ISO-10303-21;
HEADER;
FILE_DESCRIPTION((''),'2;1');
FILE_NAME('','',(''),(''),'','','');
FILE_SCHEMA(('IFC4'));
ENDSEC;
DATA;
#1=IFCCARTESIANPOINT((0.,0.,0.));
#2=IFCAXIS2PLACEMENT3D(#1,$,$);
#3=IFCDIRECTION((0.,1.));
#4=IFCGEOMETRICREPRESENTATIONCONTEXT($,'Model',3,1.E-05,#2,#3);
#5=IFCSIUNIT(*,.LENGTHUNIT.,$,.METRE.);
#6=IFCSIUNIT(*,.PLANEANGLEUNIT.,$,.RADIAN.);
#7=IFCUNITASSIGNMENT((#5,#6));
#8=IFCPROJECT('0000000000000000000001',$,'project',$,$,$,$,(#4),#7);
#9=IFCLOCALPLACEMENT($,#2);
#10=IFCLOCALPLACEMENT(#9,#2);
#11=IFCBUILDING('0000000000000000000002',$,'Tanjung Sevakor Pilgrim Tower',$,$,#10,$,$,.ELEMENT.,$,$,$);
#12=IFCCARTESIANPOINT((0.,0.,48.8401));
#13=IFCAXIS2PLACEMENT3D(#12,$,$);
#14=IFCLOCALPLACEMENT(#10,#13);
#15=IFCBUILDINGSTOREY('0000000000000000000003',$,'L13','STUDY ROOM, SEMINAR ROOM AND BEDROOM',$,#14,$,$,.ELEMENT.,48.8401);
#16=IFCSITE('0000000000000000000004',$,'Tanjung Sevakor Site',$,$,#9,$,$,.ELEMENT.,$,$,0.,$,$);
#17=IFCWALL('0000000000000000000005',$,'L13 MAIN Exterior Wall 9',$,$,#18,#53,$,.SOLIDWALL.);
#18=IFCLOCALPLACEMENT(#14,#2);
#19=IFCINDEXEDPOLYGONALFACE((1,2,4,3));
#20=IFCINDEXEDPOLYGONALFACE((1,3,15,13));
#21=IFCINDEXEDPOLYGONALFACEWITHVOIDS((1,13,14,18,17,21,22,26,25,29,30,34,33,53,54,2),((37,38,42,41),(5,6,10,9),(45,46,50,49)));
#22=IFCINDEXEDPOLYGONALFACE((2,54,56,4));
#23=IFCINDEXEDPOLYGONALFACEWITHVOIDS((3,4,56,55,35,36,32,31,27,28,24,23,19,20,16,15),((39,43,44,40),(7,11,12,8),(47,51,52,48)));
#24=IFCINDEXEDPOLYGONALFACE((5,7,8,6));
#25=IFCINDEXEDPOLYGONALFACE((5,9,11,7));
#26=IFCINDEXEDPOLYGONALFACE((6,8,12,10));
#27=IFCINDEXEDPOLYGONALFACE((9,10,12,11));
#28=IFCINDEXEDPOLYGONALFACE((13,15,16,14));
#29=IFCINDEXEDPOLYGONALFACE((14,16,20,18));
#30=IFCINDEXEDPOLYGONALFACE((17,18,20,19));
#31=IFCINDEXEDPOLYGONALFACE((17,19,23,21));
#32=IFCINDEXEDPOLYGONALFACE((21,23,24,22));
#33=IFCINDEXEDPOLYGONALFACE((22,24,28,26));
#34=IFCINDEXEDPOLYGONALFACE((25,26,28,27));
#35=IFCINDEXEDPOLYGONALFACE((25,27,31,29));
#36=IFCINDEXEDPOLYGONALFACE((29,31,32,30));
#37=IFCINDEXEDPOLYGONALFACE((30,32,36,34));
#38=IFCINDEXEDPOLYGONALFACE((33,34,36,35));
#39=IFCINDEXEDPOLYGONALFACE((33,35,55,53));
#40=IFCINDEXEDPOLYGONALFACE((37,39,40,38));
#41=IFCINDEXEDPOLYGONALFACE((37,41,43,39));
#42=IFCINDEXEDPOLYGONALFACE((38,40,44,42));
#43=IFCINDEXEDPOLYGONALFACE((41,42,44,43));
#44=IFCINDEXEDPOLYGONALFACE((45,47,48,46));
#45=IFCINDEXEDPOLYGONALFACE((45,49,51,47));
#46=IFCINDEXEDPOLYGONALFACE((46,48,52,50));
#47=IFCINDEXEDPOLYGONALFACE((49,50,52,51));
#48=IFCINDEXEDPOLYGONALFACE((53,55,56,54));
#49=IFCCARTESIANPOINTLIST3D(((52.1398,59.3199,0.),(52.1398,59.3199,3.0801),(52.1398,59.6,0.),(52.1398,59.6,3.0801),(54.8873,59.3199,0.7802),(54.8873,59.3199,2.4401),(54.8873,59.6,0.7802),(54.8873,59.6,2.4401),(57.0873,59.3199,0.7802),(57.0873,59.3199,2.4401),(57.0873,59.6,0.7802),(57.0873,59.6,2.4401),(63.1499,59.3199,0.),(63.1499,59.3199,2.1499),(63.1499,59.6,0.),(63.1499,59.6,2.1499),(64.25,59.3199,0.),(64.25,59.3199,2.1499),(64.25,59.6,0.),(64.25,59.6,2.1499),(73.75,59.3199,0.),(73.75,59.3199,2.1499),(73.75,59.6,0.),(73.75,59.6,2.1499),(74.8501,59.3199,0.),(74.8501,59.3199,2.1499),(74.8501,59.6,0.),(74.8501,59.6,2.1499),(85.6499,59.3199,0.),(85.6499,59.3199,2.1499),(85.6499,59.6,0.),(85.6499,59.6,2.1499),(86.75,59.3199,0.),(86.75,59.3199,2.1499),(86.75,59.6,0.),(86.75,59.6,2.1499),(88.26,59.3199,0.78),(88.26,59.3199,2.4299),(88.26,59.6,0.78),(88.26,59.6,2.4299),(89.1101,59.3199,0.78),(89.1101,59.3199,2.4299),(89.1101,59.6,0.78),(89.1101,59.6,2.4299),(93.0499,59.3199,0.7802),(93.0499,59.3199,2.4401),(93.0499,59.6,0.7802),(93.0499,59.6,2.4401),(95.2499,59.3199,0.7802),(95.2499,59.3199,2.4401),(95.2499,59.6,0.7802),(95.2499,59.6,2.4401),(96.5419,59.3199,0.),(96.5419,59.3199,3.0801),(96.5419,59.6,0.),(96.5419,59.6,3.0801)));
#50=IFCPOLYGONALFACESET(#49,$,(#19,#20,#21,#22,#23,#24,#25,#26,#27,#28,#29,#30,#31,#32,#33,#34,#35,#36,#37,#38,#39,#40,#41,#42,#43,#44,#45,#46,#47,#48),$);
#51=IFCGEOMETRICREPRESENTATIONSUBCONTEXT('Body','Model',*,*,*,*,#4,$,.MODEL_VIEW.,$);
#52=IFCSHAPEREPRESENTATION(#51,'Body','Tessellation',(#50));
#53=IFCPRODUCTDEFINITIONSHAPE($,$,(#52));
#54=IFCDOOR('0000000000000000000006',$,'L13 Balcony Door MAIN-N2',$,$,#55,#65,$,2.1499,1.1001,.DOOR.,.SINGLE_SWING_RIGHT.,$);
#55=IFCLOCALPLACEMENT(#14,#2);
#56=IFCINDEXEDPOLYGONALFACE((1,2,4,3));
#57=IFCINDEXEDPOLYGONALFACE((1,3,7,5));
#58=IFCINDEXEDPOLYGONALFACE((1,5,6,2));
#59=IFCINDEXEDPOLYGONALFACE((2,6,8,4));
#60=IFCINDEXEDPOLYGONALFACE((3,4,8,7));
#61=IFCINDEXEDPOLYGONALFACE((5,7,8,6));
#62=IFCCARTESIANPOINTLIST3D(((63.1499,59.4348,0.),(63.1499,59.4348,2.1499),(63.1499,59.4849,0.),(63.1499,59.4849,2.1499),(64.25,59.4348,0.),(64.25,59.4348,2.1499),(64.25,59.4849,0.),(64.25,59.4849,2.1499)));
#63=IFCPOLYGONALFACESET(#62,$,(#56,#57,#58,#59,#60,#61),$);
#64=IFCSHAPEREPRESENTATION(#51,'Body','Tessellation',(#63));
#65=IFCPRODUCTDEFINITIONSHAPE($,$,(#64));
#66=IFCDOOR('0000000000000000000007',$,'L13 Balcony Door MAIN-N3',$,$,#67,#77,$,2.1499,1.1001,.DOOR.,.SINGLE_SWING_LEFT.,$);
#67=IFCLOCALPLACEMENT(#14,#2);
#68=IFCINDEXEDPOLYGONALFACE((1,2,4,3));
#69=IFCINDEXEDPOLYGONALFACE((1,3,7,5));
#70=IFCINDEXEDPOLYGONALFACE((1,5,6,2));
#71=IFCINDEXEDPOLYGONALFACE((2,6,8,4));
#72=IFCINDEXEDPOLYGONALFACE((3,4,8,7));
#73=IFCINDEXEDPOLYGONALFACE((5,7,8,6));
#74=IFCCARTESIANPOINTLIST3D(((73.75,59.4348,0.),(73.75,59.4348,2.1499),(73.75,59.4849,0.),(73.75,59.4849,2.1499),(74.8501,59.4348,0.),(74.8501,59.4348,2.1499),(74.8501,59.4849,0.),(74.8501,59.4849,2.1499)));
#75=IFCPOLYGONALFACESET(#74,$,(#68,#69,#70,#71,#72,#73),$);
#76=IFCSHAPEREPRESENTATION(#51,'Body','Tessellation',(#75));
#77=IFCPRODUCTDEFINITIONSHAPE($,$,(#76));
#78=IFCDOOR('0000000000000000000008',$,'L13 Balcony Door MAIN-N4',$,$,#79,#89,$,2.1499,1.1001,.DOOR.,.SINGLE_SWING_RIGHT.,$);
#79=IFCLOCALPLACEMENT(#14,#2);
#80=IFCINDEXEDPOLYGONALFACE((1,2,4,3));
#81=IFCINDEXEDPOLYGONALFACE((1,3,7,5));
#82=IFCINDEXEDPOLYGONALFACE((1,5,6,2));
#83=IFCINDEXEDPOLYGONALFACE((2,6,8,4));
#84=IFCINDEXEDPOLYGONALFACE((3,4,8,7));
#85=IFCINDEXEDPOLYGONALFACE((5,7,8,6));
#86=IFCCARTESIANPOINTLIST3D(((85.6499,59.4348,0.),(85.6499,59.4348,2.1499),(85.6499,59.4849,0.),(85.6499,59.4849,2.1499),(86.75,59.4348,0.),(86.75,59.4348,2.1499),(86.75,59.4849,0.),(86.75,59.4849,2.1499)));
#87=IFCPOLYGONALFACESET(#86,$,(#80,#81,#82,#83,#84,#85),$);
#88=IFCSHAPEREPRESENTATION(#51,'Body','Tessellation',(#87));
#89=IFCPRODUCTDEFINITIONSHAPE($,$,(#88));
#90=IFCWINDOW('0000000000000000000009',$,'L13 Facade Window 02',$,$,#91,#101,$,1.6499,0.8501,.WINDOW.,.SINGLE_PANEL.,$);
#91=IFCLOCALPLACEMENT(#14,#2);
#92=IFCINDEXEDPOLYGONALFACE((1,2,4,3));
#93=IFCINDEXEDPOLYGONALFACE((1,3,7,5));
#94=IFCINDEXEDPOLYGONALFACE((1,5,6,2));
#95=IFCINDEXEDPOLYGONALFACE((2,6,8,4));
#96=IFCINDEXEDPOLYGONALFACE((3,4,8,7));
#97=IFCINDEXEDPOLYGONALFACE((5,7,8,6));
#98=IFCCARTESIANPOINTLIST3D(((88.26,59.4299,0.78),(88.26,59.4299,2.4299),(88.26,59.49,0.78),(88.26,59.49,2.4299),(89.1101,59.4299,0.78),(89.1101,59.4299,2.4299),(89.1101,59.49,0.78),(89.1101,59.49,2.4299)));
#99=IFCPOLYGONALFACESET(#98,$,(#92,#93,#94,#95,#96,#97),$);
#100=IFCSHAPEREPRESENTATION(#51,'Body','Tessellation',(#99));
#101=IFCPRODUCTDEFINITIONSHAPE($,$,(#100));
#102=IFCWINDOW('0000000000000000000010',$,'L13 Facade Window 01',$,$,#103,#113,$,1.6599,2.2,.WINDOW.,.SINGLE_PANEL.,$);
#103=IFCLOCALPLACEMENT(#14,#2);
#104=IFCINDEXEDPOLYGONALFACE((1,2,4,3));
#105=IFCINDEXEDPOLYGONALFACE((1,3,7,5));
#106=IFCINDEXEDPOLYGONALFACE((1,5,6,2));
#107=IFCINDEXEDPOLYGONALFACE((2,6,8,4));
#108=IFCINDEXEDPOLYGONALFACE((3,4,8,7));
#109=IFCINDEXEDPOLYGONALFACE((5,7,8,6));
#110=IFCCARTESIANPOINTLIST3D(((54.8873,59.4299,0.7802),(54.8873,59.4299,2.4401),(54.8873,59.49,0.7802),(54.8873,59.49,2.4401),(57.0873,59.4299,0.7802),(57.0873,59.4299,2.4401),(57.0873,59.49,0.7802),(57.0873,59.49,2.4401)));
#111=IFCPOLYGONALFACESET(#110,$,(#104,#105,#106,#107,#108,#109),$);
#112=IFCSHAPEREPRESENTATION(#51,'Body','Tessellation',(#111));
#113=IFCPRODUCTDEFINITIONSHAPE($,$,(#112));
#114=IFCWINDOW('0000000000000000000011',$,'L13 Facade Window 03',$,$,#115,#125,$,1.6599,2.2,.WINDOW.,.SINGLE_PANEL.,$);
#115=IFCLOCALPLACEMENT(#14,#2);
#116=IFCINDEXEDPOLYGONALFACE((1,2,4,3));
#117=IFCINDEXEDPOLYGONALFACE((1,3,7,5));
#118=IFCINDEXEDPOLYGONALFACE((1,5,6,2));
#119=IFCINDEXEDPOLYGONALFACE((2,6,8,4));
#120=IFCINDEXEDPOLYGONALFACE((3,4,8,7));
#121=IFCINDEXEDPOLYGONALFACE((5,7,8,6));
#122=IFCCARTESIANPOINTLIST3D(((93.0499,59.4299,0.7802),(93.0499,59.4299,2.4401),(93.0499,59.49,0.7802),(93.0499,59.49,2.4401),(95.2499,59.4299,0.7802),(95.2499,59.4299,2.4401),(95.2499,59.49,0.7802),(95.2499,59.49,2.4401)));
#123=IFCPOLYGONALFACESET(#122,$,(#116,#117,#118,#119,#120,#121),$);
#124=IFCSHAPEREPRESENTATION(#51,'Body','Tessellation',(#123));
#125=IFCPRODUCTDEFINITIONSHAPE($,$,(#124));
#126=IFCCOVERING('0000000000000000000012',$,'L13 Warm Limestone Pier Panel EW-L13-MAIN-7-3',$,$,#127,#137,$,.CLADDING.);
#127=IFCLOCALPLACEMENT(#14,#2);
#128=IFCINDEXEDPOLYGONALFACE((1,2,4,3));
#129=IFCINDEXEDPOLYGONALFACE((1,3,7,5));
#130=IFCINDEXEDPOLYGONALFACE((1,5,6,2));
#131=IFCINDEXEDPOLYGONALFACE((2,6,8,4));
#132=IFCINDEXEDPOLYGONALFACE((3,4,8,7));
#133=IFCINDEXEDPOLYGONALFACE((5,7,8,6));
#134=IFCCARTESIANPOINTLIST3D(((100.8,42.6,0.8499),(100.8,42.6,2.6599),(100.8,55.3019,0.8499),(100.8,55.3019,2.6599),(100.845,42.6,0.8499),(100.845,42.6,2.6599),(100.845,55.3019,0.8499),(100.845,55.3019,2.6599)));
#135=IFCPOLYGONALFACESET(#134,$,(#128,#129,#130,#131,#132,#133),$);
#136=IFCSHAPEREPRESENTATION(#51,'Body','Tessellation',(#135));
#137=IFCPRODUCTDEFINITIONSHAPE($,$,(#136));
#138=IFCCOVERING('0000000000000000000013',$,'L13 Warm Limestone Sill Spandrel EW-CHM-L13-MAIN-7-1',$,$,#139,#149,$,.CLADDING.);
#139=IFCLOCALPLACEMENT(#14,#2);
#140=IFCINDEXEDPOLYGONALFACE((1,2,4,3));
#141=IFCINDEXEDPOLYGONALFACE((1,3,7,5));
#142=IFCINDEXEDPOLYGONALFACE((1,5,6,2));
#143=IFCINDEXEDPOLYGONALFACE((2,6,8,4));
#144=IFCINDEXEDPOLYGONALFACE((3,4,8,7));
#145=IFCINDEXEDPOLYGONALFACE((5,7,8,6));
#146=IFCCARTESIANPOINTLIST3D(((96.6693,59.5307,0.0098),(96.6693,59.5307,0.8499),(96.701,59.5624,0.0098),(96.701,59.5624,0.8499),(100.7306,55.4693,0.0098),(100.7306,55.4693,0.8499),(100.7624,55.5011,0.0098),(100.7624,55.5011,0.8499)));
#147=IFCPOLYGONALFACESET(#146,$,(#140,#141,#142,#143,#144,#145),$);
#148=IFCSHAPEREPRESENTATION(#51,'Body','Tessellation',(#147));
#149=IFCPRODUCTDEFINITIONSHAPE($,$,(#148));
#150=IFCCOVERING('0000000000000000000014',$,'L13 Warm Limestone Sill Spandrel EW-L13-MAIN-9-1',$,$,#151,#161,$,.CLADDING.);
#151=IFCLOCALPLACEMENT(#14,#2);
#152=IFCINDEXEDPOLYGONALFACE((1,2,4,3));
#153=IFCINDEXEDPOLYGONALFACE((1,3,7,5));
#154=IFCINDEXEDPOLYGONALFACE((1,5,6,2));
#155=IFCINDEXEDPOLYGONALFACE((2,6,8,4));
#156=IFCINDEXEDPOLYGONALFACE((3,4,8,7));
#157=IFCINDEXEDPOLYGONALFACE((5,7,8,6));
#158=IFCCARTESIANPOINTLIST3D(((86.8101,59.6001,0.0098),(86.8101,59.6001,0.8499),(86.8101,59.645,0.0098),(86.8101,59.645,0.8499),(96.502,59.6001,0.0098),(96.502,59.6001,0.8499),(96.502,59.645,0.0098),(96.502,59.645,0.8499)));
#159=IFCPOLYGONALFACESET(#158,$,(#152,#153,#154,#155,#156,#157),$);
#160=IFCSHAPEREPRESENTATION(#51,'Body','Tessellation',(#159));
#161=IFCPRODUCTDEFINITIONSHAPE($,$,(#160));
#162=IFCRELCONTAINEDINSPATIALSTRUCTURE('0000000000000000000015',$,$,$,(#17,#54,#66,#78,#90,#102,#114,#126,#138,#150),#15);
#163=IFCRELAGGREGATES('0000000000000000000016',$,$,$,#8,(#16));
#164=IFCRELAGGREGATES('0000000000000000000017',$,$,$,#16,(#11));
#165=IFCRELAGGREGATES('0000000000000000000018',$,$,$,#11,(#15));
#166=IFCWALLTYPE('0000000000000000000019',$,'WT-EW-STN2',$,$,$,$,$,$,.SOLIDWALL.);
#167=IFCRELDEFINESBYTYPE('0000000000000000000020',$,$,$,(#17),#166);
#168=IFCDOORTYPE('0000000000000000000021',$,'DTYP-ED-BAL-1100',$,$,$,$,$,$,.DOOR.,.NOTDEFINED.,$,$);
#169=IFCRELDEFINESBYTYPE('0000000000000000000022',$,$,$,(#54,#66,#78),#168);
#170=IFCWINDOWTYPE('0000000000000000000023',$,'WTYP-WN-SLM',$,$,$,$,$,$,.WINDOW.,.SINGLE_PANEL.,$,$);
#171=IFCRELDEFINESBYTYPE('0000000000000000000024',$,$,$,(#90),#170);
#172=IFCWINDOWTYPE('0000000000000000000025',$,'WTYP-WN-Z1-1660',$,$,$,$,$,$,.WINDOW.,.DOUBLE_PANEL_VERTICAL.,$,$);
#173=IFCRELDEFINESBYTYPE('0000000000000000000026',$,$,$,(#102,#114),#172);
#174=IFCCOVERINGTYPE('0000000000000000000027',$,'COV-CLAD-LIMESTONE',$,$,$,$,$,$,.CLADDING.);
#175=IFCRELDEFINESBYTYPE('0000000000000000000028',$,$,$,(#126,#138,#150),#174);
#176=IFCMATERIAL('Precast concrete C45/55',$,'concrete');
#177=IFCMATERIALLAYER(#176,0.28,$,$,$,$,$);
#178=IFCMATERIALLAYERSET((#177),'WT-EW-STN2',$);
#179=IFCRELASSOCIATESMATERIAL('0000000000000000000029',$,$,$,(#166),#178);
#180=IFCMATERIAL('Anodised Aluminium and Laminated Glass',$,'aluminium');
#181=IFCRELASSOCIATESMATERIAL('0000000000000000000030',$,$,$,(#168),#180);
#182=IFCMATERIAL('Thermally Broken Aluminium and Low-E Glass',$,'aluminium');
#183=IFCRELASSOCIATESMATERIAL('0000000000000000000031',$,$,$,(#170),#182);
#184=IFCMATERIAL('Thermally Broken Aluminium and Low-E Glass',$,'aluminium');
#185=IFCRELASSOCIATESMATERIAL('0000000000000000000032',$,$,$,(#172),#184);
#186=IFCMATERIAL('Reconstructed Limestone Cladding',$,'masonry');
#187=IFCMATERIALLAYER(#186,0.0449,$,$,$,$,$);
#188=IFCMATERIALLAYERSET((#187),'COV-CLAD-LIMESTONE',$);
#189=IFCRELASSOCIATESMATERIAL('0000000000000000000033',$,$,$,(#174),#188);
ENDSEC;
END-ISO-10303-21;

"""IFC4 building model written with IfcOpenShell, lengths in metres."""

from ifc_helpers import new_model, si_unit, direction, frame, frame_2d, origin, origin_2d, place, context, subcontext, project, spatial, rectangle, extrude, material, layer, layer_set, type_object, element, fill, save


model = new_model("IFC4")

# Units and contexts
model_context = context("Model", 3, precision=1e-05, world=origin(), true_north=direction((0.0, 1.0)))
body_context = subcontext(model_context, "Body", "Model", "MODEL_VIEW")
ifc_project = project(units=[si_unit("LENGTHUNIT", "METRE"), si_unit("PLANEANGLEUNIT", "RADIAN")], contexts=[model_context])

# Site, building, storey
site_placement = place(None, origin())
site = spatial("IfcSite", under=ifc_project, at=site_placement, Name="Tanjung Sevakor Site", CompositionType="ELEMENT", RefElevation=0.0)
building_placement = place(site_placement, origin())
building = spatial("IfcBuilding", under=site, at=building_placement, Name="Tanjung Sevakor Pilgrim Tower", CompositionType="ELEMENT")
storey_placement = place(building_placement, frame((0.0, 0.0, 48.8401)))
storey = spatial("IfcBuildingStorey", under=building, at=storey_placement, Name="L13", Description="STUDY ROOM, SEMINAR ROOM AND BEDROOM", CompositionType="ELEMENT", Elevation=48.8401)

# Shared definitions
ifc_material_1 = material(Name="Precast concrete C45/55", Category="concrete")
ifc_layer_1 = layer(ifc_material_1, 0.28)
ifc_layer_set_1 = layer_set([ifc_layer_1], Name="WT-EW-STN2")
wall_type = type_object("IfcWallType", Name="WT-EW-STN2", PredefinedType="SOLIDWALL", material=ifc_layer_set_1)

# Wall, openings, doors, windows
wall_1_placement = place(storey_placement, frame((96.542, 59.46, 0.0), z_axis=(0.0, 0.0, 1.0), x_axis=(-1.0, 0.0, 0.0)))
wall_1 = element("IfcWall", 1, at=wall_1_placement, inside=storey, type_object=wall_type, Name="L13 MAIN Exterior Wall 9", PredefinedType="SOLIDWALL", context=body_context, shape_type="SweptSolid", body=[
    extrude(rectangle(XDim=44.4021, YDim=0.28, at=frame_2d((22.2012, 0.0))), origin(), (0.0, 0.0, 1.0), 3.0801),
])
opening_1_placement = place(wall_1_placement, frame((32.292, 0.0, 0.0)))
opening_1 = element("IfcOpeningElement", 2, at=opening_1_placement, cuts=wall_1, PredefinedType="OPENING", context=body_context, shape_type="SweptSolid", body=[
    extrude(rectangle(XDim=1.1001, YDim=2.1499, at=frame_2d((0.55, 1.075))), frame((0.0, 0.1499, 0.0), z_axis=(0.0, -1.0, 0.0), x_axis=(1.0, 0.0, 0.0)), (0.0, 0.0, 1.0), 0.3),
])
opening_2_placement = place(wall_1_placement, frame((21.6919, 0.0, 0.0)))
opening_2 = element("IfcOpeningElement", 3, at=opening_2_placement, cuts=wall_1, PredefinedType="OPENING", context=body_context, shape_type="SweptSolid", body=[
    extrude(rectangle(XDim=1.1001, YDim=2.1499, at=frame_2d((0.55, 1.075))), frame((0.0, 0.1499, 0.0), z_axis=(0.0, -1.0, 0.0), x_axis=(1.0, 0.0, 0.0)), (0.0, 0.0, 1.0), 0.3),
])
opening_3_placement = place(wall_1_placement, frame((9.792, 0.0, 0.0)))
opening_3 = element("IfcOpeningElement", 4, at=opening_3_placement, cuts=wall_1, PredefinedType="OPENING", context=body_context, shape_type="SweptSolid", body=[
    extrude(rectangle(XDim=1.1001, YDim=2.1499, at=frame_2d((0.55, 1.075))), frame((0.0, 0.1499, 0.0), z_axis=(0.0, -1.0, 0.0), x_axis=(1.0, 0.0, 0.0)), (0.0, 0.0, 1.0), 0.3),
])
opening_4_placement = place(wall_1_placement, frame((39.4546, 0.0, 0.78)))
opening_4 = element("IfcOpeningElement", 5, at=opening_4_placement, cuts=wall_1, PredefinedType="OPENING", context=body_context, shape_type="SweptSolid", body=[
    extrude(rectangle(XDim=2.2, YDim=1.6599, at=frame_2d((1.1001, 0.8301))), frame((0.0, 0.1499, 0.0), z_axis=(0.0, -1.0, 0.0), x_axis=(1.0, 0.0, 0.0)), (0.0, 0.0, 1.0), 0.3),
])
opening_5_placement = place(wall_1_placement, frame((7.4319, 0.0, 0.78)))
opening_5 = element("IfcOpeningElement", 6, at=opening_5_placement, cuts=wall_1, PredefinedType="OPENING", context=body_context, shape_type="SweptSolid", body=[
    extrude(rectangle(XDim=0.8501, YDim=1.6499, at=frame_2d((0.425, 0.825))), frame((0.0, 0.1499, 0.0), z_axis=(0.0, -1.0, 0.0), x_axis=(1.0, 0.0, 0.0)), (0.0, 0.0, 1.0), 0.3),
])
opening_6_placement = place(wall_1_placement, frame((1.292, 0.0, 0.78)))
opening_6 = element("IfcOpeningElement", 7, at=opening_6_placement, cuts=wall_1, PredefinedType="OPENING", context=body_context, shape_type="SweptSolid", body=[
    extrude(rectangle(XDim=2.2, YDim=1.6599, at=frame_2d((1.1001, 0.8301))), frame((0.0, 0.1499, 0.0), z_axis=(0.0, -1.0, 0.0), x_axis=(1.0, 0.0, 0.0)), (0.0, 0.0, 1.0), 0.3),
])
ifc_material_2 = material(Name="Anodised Aluminium and Laminated Glass", Category="aluminium")
door_type = type_object("IfcDoorType", Name="DTYP-ED-BAL-1100", OperationType="NOTDEFINED", PredefinedType="DOOR", material=ifc_material_2)
door_1_placement = place(opening_1_placement, frame((1.1001, 0.0, 0.0), z_axis=(0.0, 0.0, 1.0), x_axis=(-1.0, 0.0, 0.0)))
door_1 = element("IfcDoor", 8, at=door_1_placement, inside=storey, type_object=door_type, Name="L13 Balcony Door MAIN-N2", OperationType="SINGLE_SWING_RIGHT", OverallHeight=2.1499, OverallWidth=1.1001, PredefinedType="DOOR", context=body_context, shape_type="SweptSolid", body=[
    extrude(rectangle(XDim=1.1001, YDim=2.1499, at=frame_2d((0.55, 1.075))), frame((0.0, 0.0249, 0.0), z_axis=(0.0, -1.0, 0.0), x_axis=(1.0, 0.0, 0.0)), (0.0, 0.0, 1.0), 0.05),
])
fill(opening_1, door_1)
door_2_placement = place(opening_2_placement, frame((1.1001, 0.0, 0.0), z_axis=(0.0, 0.0, 1.0), x_axis=(-1.0, 0.0, 0.0)))
door_2 = element("IfcDoor", 9, at=door_2_placement, inside=storey, type_object=door_type, Name="L13 Balcony Door MAIN-N3", OperationType="SINGLE_SWING_LEFT", OverallHeight=2.1499, OverallWidth=1.1001, PredefinedType="DOOR", context=body_context, shape_type="SweptSolid", body=[
    extrude(rectangle(XDim=1.1001, YDim=2.1499, at=frame_2d((0.55, 1.075))), frame((0.0, 0.0249, 0.0), z_axis=(0.0, -1.0, 0.0), x_axis=(1.0, 0.0, 0.0)), (0.0, 0.0, 1.0), 0.05),
])
fill(opening_2, door_2)
door_3_placement = place(opening_3_placement, frame((1.1001, 0.0, 0.0), z_axis=(0.0, 0.0, 1.0), x_axis=(-1.0, 0.0, 0.0)))
door_3 = element("IfcDoor", 10, at=door_3_placement, inside=storey, type_object=door_type, Name="L13 Balcony Door MAIN-N4", OperationType="SINGLE_SWING_RIGHT", OverallHeight=2.1499, OverallWidth=1.1001, PredefinedType="DOOR", context=body_context, shape_type="SweptSolid", body=[
    extrude(rectangle(XDim=1.1001, YDim=2.1499, at=frame_2d((0.55, 1.075))), frame((0.0, 0.0249, 0.0), z_axis=(0.0, -1.0, 0.0), x_axis=(1.0, 0.0, 0.0)), (0.0, 0.0, 1.0), 0.05),
])
fill(opening_3, door_3)
ifc_material_3 = material(Name="Thermally Broken Aluminium and Low-E Glass", Category="aluminium")
window_type_1 = type_object("IfcWindowType", Name="WTYP-WN-SLM", PartitioningType="SINGLE_PANEL", PredefinedType="WINDOW", material=ifc_material_3)
window_1_placement = place(opening_5_placement, origin())
window_1 = element("IfcWindow", 11, at=window_1_placement, inside=storey, type_object=window_type_1, Name="L13 Facade Window 02", OverallHeight=1.6499, OverallWidth=0.8501, PartitioningType="SINGLE_PANEL", PredefinedType="WINDOW", context=body_context, shape_type="SweptSolid", body=[
    extrude(rectangle(XDim=0.8501, YDim=1.6499, at=frame_2d((0.425, 0.825))), frame((0.0, 0.03, 0.0), z_axis=(0.0, -1.0, 0.0), x_axis=(1.0, 0.0, 0.0)), (0.0, 0.0, 1.0), 0.0601),
])
fill(opening_5, window_1)
ifc_material_4 = material(Name="Thermally Broken Aluminium and Low-E Glass", Category="aluminium")
window_type_2 = type_object("IfcWindowType", Name="WTYP-WN-Z1-1660", PartitioningType="DOUBLE_PANEL_VERTICAL", PredefinedType="WINDOW", material=ifc_material_4)
window_2_placement = place(opening_4_placement, origin())
window_2 = element("IfcWindow", 12, at=window_2_placement, inside=storey, type_object=window_type_2, Name="L13 Facade Window 01", OverallHeight=1.6599, OverallWidth=2.2, PartitioningType="SINGLE_PANEL", PredefinedType="WINDOW", context=body_context, shape_type="SweptSolid", body=[
    extrude(rectangle(XDim=2.2, YDim=1.6599, at=frame_2d((1.1001, 0.8301))), frame((0.0, 0.03, 0.0), z_axis=(0.0, -1.0, 0.0), x_axis=(1.0, 0.0, 0.0)), (0.0, 0.0, 1.0), 0.0601),
])
fill(opening_4, window_2)
window_3_placement = place(opening_6_placement, origin())
window_3 = element("IfcWindow", 13, at=window_3_placement, inside=storey, type_object=window_type_2, Name="L13 Facade Window 03", OverallHeight=1.6599, OverallWidth=2.2, PartitioningType="SINGLE_PANEL", PredefinedType="WINDOW", context=body_context, shape_type="SweptSolid", body=[
    extrude(rectangle(XDim=2.2, YDim=1.6599, at=frame_2d((1.1001, 0.8301))), frame((0.0, 0.03, 0.0), z_axis=(0.0, -1.0, 0.0), x_axis=(1.0, 0.0, 0.0)), (0.0, 0.0, 1.0), 0.0601),
])
fill(opening_6, window_3)

# Coverings
ifc_material_5 = material(Name="Reconstructed Limestone Cladding", Category="masonry")
ifc_layer_2 = layer(ifc_material_5, 0.0449)
ifc_layer_set_2 = layer_set([ifc_layer_2], Name="COV-CLAD-LIMESTONE")
covering_type = type_object("IfcCoveringType", Name="COV-CLAD-LIMESTONE", PredefinedType="CLADDING", material=ifc_layer_set_2)
covering_1_placement = place(storey_placement, frame((100.8225, 48.9509, 0.8499), z_axis=(0.0, 0.0, 1.0), x_axis=(0.0, 1.0, 0.0)))
element("IfcCovering", 14, at=covering_1_placement, inside=storey, type_object=covering_type, Name="L13 Warm Limestone Pier Panel EW-L13-MAIN-7-3", PredefinedType="CLADDING", context=body_context, shape_type="SweptSolid", body=[
    extrude(rectangle(XDim=12.7019, YDim=0.0449, at=origin_2d()), origin(), (0.0, 0.0, 1.0), 1.8101),
])
covering_2_placement = place(storey_placement, frame((98.7158, 57.5159, 0.0098), z_axis=(0.0, 0.0, 1.0), x_axis=(-0.707107, 0.707107, 0.0)))
element("IfcCovering", 15, at=covering_2_placement, inside=storey, type_object=covering_type, Name="L13 Warm Limestone Sill Spandrel EW-CHM-L13-MAIN-7-1", PredefinedType="CLADDING", context=body_context, shape_type="SweptSolid", body=[
    extrude(rectangle(XDim=5.7437, YDim=0.0449, at=origin_2d()), origin(), (0.0, 0.0, 1.0), 0.8401),
])
covering_3_placement = place(storey_placement, frame((91.656, 59.6226, 0.0098), z_axis=(0.0, 0.0, 1.0), x_axis=(-1.0, 0.0, 0.0)))
element("IfcCovering", 16, at=covering_3_placement, inside=storey, type_object=covering_type, Name="L13 Warm Limestone Sill Spandrel EW-L13-MAIN-9-1", PredefinedType="CLADDING", context=body_context, shape_type="SweptSolid", body=[
    extrude(rectangle(XDim=9.6919, YDim=0.0449, at=origin_2d()), origin(), (0.0, 0.0, 1.0), 0.8401),
])

save(model, "model.ifc")
